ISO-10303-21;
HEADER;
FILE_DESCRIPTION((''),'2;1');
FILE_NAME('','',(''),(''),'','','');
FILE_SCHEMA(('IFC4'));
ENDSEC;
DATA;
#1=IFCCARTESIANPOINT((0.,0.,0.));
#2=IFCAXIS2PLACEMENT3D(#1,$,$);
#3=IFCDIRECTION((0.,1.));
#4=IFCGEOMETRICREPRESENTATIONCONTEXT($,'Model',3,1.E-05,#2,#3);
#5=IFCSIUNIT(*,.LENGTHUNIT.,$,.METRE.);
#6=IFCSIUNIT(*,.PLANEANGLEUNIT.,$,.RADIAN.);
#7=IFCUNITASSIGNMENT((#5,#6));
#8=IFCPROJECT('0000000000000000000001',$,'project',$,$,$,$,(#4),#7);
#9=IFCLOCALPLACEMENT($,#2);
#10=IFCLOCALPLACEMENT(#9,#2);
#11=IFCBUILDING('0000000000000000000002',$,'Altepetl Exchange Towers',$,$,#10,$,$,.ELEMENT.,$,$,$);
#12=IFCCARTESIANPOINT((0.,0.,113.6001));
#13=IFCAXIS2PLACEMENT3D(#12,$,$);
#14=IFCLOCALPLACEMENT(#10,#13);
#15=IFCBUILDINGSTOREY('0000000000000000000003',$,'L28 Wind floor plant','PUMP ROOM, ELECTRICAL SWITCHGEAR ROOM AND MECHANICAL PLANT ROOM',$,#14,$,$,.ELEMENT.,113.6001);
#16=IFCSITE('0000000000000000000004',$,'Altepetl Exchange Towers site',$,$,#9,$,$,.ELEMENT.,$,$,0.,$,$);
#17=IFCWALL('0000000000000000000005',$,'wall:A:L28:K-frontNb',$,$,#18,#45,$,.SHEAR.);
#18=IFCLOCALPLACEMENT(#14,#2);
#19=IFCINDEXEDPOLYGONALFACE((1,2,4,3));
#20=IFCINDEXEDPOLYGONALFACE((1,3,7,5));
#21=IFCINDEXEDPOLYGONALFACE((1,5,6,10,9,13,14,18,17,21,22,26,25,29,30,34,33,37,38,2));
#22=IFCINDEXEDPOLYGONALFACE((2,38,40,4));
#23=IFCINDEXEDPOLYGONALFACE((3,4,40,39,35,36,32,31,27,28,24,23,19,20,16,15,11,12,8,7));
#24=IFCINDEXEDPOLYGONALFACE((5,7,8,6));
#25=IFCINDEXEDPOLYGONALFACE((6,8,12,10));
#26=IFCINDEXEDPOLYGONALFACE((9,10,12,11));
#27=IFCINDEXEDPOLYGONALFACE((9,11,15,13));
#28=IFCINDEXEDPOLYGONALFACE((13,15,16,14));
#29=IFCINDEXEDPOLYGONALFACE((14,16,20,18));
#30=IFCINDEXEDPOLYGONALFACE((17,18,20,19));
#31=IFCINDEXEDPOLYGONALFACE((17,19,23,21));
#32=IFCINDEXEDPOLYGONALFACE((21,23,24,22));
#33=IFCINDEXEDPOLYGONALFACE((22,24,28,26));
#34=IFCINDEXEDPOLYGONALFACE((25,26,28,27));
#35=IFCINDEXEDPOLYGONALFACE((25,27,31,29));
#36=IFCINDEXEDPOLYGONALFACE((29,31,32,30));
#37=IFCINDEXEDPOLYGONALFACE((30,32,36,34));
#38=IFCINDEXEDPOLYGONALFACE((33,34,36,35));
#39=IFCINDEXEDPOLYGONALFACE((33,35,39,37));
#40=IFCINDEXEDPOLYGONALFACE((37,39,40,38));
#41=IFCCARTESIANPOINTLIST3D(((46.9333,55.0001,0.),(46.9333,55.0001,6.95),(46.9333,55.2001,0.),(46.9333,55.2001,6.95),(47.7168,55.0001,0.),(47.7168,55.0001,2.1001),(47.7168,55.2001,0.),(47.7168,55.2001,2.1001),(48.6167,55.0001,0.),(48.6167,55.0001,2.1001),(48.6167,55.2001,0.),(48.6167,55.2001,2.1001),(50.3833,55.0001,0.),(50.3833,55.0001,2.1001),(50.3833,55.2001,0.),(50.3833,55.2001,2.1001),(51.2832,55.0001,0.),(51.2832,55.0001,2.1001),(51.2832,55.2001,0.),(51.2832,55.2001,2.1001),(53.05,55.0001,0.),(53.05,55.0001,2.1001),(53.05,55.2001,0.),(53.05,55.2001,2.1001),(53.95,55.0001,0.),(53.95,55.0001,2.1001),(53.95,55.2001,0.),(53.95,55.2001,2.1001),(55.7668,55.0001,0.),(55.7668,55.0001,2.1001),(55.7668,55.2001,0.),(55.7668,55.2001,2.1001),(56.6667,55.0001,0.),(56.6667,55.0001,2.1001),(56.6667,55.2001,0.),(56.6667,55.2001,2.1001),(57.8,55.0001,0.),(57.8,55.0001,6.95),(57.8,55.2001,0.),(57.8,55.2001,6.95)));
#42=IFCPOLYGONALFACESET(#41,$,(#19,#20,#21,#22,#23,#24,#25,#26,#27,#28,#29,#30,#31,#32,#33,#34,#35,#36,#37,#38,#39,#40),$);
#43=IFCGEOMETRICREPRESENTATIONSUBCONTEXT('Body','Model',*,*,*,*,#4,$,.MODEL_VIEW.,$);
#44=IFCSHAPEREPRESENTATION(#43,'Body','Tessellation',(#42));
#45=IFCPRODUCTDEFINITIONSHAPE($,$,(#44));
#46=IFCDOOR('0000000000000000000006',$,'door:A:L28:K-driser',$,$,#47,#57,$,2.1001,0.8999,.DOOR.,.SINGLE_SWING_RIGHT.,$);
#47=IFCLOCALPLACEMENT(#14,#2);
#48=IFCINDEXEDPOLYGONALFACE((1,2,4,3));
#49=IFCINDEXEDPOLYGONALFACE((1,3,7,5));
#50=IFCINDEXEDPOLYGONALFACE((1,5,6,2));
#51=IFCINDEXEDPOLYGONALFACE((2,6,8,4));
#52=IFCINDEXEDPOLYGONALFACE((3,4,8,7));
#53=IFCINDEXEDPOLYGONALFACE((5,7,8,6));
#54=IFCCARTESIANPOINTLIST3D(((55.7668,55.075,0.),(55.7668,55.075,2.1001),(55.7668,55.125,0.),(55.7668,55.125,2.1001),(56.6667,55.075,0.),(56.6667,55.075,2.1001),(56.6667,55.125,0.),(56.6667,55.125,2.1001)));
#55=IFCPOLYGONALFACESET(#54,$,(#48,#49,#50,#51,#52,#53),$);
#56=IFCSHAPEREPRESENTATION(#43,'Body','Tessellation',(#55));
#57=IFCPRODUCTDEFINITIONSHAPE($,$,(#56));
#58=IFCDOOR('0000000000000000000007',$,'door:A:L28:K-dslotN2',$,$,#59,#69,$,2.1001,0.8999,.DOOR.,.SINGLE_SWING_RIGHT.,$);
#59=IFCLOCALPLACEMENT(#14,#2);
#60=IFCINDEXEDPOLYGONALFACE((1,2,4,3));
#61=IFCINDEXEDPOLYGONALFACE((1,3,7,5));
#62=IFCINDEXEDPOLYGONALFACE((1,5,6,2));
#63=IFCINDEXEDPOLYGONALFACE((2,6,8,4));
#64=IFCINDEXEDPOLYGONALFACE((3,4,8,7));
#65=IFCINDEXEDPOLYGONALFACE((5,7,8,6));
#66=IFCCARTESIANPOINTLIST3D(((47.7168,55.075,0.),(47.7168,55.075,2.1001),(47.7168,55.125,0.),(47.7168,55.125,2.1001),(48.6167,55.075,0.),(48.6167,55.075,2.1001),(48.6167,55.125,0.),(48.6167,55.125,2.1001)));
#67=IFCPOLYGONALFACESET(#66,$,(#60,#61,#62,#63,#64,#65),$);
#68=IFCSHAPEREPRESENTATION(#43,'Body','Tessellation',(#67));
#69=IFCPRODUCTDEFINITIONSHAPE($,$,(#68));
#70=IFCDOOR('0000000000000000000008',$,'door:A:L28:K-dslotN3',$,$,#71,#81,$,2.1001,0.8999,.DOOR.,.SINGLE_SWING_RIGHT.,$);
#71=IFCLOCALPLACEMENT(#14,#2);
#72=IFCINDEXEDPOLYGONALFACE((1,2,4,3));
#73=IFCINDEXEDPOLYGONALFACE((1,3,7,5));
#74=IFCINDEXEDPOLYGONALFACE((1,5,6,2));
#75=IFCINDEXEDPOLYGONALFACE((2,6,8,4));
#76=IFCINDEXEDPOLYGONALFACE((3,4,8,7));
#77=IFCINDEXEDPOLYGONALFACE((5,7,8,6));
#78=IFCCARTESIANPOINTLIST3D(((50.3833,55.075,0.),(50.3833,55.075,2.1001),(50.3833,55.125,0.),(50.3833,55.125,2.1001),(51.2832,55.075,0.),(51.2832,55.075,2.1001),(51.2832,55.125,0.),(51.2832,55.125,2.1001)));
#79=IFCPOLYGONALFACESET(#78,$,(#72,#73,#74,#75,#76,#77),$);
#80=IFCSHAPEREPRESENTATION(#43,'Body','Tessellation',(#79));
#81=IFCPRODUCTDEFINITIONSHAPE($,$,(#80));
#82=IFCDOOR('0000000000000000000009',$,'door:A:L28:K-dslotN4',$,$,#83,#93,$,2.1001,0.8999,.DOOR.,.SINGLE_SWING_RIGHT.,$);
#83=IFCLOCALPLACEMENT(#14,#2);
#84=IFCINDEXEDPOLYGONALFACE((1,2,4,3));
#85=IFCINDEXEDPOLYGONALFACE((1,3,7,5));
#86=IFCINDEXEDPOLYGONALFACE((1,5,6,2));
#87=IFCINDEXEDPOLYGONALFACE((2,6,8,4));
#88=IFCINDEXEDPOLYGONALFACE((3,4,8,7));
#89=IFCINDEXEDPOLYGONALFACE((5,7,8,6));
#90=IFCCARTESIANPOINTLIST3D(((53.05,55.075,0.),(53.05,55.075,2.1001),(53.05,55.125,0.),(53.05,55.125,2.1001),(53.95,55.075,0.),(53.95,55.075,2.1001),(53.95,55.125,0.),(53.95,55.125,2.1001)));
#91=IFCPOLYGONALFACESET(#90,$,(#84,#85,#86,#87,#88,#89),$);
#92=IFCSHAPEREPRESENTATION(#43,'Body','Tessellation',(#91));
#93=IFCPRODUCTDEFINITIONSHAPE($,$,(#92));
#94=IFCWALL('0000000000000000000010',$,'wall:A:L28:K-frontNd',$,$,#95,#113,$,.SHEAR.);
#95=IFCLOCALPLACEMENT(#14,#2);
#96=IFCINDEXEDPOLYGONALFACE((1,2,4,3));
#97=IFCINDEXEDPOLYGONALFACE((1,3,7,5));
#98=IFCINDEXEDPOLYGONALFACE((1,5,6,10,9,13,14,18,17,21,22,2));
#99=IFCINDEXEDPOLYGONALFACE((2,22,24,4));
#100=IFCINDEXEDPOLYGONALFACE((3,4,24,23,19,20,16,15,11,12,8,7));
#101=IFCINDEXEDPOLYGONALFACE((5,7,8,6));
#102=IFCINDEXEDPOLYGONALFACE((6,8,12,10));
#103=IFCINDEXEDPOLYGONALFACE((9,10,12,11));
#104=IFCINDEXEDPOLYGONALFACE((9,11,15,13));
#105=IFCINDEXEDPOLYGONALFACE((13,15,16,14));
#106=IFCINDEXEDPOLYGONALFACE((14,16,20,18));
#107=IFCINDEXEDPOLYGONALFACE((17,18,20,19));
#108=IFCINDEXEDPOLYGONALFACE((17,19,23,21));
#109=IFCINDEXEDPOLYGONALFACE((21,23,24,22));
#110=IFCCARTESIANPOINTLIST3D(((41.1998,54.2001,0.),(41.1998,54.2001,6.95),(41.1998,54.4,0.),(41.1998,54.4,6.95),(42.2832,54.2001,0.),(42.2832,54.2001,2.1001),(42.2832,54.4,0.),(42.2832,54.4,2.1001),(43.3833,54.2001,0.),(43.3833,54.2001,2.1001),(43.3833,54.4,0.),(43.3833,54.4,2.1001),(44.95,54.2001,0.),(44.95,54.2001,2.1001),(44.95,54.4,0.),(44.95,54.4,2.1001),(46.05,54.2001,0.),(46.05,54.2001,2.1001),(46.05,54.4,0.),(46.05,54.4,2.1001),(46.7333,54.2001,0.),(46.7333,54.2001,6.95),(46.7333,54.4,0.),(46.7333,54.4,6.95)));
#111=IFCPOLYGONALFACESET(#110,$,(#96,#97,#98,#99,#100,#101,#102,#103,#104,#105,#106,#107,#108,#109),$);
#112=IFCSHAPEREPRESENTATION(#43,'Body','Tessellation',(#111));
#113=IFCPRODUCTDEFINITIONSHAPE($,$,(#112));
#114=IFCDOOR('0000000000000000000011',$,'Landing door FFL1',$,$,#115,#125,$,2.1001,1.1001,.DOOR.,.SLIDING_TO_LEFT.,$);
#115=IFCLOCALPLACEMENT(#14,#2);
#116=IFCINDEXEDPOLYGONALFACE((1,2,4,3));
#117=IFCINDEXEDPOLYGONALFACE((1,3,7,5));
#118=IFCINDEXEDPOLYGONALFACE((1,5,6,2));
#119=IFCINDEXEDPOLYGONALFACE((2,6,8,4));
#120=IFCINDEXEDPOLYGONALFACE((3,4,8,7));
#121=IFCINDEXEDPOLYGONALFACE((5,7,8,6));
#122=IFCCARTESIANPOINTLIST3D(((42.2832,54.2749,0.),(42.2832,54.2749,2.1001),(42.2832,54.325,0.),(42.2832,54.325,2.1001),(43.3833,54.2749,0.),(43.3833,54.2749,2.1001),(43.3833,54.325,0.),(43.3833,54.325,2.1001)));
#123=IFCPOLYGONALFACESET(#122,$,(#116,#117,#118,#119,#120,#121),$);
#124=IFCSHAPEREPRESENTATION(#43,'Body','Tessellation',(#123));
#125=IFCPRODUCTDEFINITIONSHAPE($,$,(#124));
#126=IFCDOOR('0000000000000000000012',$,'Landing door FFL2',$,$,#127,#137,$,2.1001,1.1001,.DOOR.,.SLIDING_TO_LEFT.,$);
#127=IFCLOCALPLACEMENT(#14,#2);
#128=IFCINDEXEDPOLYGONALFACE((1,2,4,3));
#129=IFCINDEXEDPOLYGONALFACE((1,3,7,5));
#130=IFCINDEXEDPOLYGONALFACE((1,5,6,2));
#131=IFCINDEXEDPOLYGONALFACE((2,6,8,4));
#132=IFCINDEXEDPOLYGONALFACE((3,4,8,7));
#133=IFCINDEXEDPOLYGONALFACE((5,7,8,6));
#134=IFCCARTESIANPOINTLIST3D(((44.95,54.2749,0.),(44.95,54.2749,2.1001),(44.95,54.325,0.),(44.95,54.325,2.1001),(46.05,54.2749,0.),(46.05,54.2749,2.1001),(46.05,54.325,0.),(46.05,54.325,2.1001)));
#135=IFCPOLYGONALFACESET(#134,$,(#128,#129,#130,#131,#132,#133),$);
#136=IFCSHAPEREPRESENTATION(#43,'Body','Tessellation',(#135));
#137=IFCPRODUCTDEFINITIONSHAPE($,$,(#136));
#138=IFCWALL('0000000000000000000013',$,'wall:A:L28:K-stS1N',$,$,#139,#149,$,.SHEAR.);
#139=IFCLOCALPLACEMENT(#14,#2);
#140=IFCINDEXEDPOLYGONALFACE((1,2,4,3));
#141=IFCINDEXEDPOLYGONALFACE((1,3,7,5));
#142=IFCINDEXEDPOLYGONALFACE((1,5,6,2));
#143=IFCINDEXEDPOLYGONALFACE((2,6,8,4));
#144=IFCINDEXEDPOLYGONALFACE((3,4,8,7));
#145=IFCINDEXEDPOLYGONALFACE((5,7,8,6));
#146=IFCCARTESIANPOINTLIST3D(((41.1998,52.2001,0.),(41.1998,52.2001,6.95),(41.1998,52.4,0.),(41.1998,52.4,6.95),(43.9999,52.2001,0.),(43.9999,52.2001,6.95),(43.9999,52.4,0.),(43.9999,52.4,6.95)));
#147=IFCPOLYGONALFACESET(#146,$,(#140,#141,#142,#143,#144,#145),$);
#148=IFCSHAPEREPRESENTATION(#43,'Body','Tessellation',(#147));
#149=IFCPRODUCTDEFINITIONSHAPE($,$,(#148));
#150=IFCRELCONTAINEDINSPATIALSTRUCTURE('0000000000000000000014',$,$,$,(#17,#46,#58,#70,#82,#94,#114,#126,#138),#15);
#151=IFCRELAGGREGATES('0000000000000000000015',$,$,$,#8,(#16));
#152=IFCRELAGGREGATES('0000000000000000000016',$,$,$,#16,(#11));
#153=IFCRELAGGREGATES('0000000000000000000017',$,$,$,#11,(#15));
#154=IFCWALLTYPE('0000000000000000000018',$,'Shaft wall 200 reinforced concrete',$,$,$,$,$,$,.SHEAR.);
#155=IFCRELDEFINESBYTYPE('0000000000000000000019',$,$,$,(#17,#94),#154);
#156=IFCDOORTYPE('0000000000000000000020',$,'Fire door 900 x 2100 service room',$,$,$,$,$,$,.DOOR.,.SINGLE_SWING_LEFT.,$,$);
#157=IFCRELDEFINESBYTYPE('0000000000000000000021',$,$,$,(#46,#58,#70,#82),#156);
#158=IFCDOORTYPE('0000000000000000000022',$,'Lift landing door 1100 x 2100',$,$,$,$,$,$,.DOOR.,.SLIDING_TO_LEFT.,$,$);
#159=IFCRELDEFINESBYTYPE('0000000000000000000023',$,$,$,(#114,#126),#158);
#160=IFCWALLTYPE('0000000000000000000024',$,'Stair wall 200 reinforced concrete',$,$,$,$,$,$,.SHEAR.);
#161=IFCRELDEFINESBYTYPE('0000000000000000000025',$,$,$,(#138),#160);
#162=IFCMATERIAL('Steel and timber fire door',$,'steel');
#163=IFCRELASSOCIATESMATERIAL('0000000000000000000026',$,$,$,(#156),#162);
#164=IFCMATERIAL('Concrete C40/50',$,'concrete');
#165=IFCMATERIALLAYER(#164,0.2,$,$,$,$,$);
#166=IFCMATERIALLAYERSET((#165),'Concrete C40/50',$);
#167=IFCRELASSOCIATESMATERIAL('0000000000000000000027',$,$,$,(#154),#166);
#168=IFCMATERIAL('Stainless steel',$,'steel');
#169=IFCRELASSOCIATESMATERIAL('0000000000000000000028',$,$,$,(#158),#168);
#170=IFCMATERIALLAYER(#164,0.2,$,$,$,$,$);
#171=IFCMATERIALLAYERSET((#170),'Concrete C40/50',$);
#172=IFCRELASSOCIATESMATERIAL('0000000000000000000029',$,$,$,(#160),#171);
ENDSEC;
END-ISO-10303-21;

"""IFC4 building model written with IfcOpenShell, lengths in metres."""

from ifc_helpers import new_model, si_unit, direction, frame, frame_2d, origin, place, context, subcontext, project, spatial, rectangle, extrude, material, layer, layer_set, type_object, element, fill, save


model = new_model("IFC4")

# Units and contexts
model_context = context("Model", 3, precision=1e-05, world=origin(), true_north=direction((0.0, 1.0)))
body_context = subcontext(model_context, "Body", "Model", "MODEL_VIEW")
ifc_project = project(units=[si_unit("LENGTHUNIT", "METRE"), si_unit("PLANEANGLEUNIT", "RADIAN")], contexts=[model_context])

# Site, building, storey
site_placement = place(None, origin())
site = spatial("IfcSite", under=ifc_project, at=site_placement, Name="Altepetl Exchange Towers site", CompositionType="ELEMENT", RefElevation=0.0)
building_placement = place(site_placement, origin())
building = spatial("IfcBuilding", under=site, at=building_placement, Name="Altepetl Exchange Towers", CompositionType="ELEMENT")
storey_placement = place(building_placement, frame((0.0, 0.0, 113.6001)))
storey = spatial("IfcBuildingStorey", under=building, at=storey_placement, Name="L28 Wind floor plant", Description="PUMP ROOM, ELECTRICAL SWITCHGEAR ROOM AND MECHANICAL PLANT ROOM", CompositionType="ELEMENT", Elevation=113.6001)

# Shared definitions
ifc_material_1 = material(Name="Steel and timber fire door", Category="steel")

# Shared definitions
door_type_1 = type_object("IfcDoorType", Name="Fire door 900 x 2100 service room", OperationType="SINGLE_SWING_LEFT", PredefinedType="DOOR", material=ifc_material_1)

# Walls, openings, doors
ifc_material_2 = material(Name="Concrete C40/50", Category="concrete")
ifc_layer_1 = layer(ifc_material_2, 0.2)
ifc_layer_set_1 = layer_set([ifc_layer_1], Name="Concrete C40/50")
wall_type_1 = type_object("IfcWallType", Name="Shaft wall 200 reinforced concrete", PredefinedType="SHEAR", material=ifc_layer_set_1)
wall_1_placement = place(storey_placement, frame((46.9333, 55.1001, 0.0)))
wall_1 = element("IfcWall", 1, at=wall_1_placement, inside=storey, type_object=wall_type_1, Name="wall:A:L28:K-frontNb", PredefinedType="SHEAR", context=body_context, shape_type="SweptSolid", body=[
    extrude(rectangle(XDim=10.8667, YDim=0.2, at=frame_2d((5.4333, 0.0))), origin(), (0.0, 0.0, 1.0), 6.95),
])
opening_1_placement = place(wall_1_placement, frame((8.8335, 0.0, 0.0)))
opening_1 = element("IfcOpeningElement", 2, at=opening_1_placement, cuts=wall_1, PredefinedType="OPENING", context=body_context, shape_type="SweptSolid", body=[
    extrude(rectangle(XDim=0.8999, YDim=2.1001, at=frame_2d((0.45, 1.05))), frame((0.0, 0.1099, 0.0), z_axis=(0.0, -1.0, 0.0), x_axis=(1.0, 0.0, 0.0)), (0.0, 0.0, 1.0), 0.22),
])
opening_2_placement = place(wall_1_placement, frame((0.7834, 0.0, 0.0)))
opening_2 = element("IfcOpeningElement", 3, at=opening_2_placement, cuts=wall_1, PredefinedType="OPENING", context=body_context, shape_type="SweptSolid", body=[
    extrude(rectangle(XDim=0.8999, YDim=2.1001, at=frame_2d((0.45, 1.05))), frame((0.0, 0.1099, 0.0), z_axis=(0.0, -1.0, 0.0), x_axis=(1.0, 0.0, 0.0)), (0.0, 0.0, 1.0), 0.22),
])
opening_3_placement = place(wall_1_placement, frame((3.45, 0.0, 0.0)))
opening_3 = element("IfcOpeningElement", 4, at=opening_3_placement, cuts=wall_1, PredefinedType="OPENING", context=body_context, shape_type="SweptSolid", body=[
    extrude(rectangle(XDim=0.8999, YDim=2.1001, at=frame_2d((0.45, 1.05))), frame((0.0, 0.1099, 0.0), z_axis=(0.0, -1.0, 0.0), x_axis=(1.0, 0.0, 0.0)), (0.0, 0.0, 1.0), 0.22),
])
opening_4_placement = place(wall_1_placement, frame((6.1167, 0.0, 0.0)))
opening_4 = element("IfcOpeningElement", 5, at=opening_4_placement, cuts=wall_1, PredefinedType="OPENING", context=body_context, shape_type="SweptSolid", body=[
    extrude(rectangle(XDim=0.8999, YDim=2.1001, at=frame_2d((0.45, 1.05))), frame((0.0, 0.1099, 0.0), z_axis=(0.0, -1.0, 0.0), x_axis=(1.0, 0.0, 0.0)), (0.0, 0.0, 1.0), 0.22),
])
door_1_placement = place(opening_1_placement, origin())
door_1 = element("IfcDoor", 6, at=door_1_placement, inside=storey, type_object=door_type_1, Name="door:A:L28:K-driser", OperationType="SINGLE_SWING_RIGHT", OverallHeight=2.1001, OverallWidth=0.8999, PredefinedType="DOOR", context=body_context, shape_type="SweptSolid", body=[
    extrude(rectangle(XDim=0.8999, YDim=2.1001, at=frame_2d((0.45, 1.05))), frame((0.0, 0.0249, 0.0), z_axis=(0.0, -1.0, 0.0), x_axis=(1.0, 0.0, 0.0)), (0.0, 0.0, 1.0), 0.05),
])
fill(opening_1, door_1)
door_2_placement = place(opening_2_placement, origin())
door_2 = element("IfcDoor", 7, at=door_2_placement, inside=storey, type_object=door_type_1, Name="door:A:L28:K-dslotN2", OperationType="SINGLE_SWING_RIGHT", OverallHeight=2.1001, OverallWidth=0.8999, PredefinedType="DOOR", context=body_context, shape_type="SweptSolid", body=[
    extrude(rectangle(XDim=0.8999, YDim=2.1001, at=frame_2d((0.45, 1.05))), frame((0.0, 0.0249, 0.0), z_axis=(0.0, -1.0, 0.0), x_axis=(1.0, 0.0, 0.0)), (0.0, 0.0, 1.0), 0.05),
])
fill(opening_2, door_2)
door_3_placement = place(opening_3_placement, origin())
door_3 = element("IfcDoor", 8, at=door_3_placement, inside=storey, type_object=door_type_1, Name="door:A:L28:K-dslotN3", OperationType="SINGLE_SWING_RIGHT", OverallHeight=2.1001, OverallWidth=0.8999, PredefinedType="DOOR", context=body_context, shape_type="SweptSolid", body=[
    extrude(rectangle(XDim=0.8999, YDim=2.1001, at=frame_2d((0.45, 1.05))), frame((0.0, 0.0249, 0.0), z_axis=(0.0, -1.0, 0.0), x_axis=(1.0, 0.0, 0.0)), (0.0, 0.0, 1.0), 0.05),
])
fill(opening_3, door_3)
door_4_placement = place(opening_4_placement, origin())
door_4 = element("IfcDoor", 9, at=door_4_placement, inside=storey, type_object=door_type_1, Name="door:A:L28:K-dslotN4", OperationType="SINGLE_SWING_RIGHT", OverallHeight=2.1001, OverallWidth=0.8999, PredefinedType="DOOR", context=body_context, shape_type="SweptSolid", body=[
    extrude(rectangle(XDim=0.8999, YDim=2.1001, at=frame_2d((0.45, 1.05))), frame((0.0, 0.0249, 0.0), z_axis=(0.0, -1.0, 0.0), x_axis=(1.0, 0.0, 0.0)), (0.0, 0.0, 1.0), 0.05),
])
fill(opening_4, door_4)
wall_2_placement = place(storey_placement, frame((41.2, 54.3, 0.0)))
wall_2 = element("IfcWall", 10, at=wall_2_placement, inside=storey, type_object=wall_type_1, Name="wall:A:L28:K-frontNd", PredefinedType="SHEAR", context=body_context, shape_type="SweptSolid", body=[
    extrude(rectangle(XDim=5.5334, YDim=0.2, at=frame_2d((2.7666, 0.0))), origin(), (0.0, 0.0, 1.0), 6.95),
])
opening_5_placement = place(wall_2_placement, frame((1.0833, 0.0, 0.0)))
opening_5 = element("IfcOpeningElement", 11, at=opening_5_placement, cuts=wall_2, PredefinedType="OPENING", context=body_context, shape_type="SweptSolid", body=[
    extrude(rectangle(XDim=1.1001, YDim=2.1001, at=frame_2d((0.55, 1.05))), frame((0.0, 0.1099, 0.0), z_axis=(0.0, -1.0, 0.0), x_axis=(1.0, 0.0, 0.0)), (0.0, 0.0, 1.0), 0.22),
])
opening_6_placement = place(wall_2_placement, frame((3.75, 0.0, 0.0)))
opening_6 = element("IfcOpeningElement", 12, at=opening_6_placement, cuts=wall_2, PredefinedType="OPENING", context=body_context, shape_type="SweptSolid", body=[
    extrude(rectangle(XDim=1.1001, YDim=2.1001, at=frame_2d((0.55, 1.05))), frame((0.0, 0.1099, 0.0), z_axis=(0.0, -1.0, 0.0), x_axis=(1.0, 0.0, 0.0)), (0.0, 0.0, 1.0), 0.22),
])
ifc_material_3 = material(Name="Stainless steel", Category="steel")
door_type_2 = type_object("IfcDoorType", Name="Lift landing door 1100 x 2100", OperationType="SLIDING_TO_LEFT", PredefinedType="DOOR", material=ifc_material_3)
door_5_placement = place(opening_5_placement, origin())
door_5 = element("IfcDoor", 13, at=door_5_placement, inside=storey, type_object=door_type_2, Name="Landing door FFL1", OperationType="SLIDING_TO_LEFT", OverallHeight=2.1001, OverallWidth=1.1001, PredefinedType="DOOR", context=body_context, shape_type="SweptSolid", body=[
    extrude(rectangle(XDim=1.1001, YDim=2.1001, at=frame_2d((0.55, 1.05))), frame((0.0, 0.0249, 0.0), z_axis=(0.0, -1.0, 0.0), x_axis=(1.0, 0.0, 0.0)), (0.0, 0.0, 1.0), 0.05),
])
fill(opening_5, door_5)
door_6_placement = place(opening_6_placement, origin())
door_6 = element("IfcDoor", 14, at=door_6_placement, inside=storey, type_object=door_type_2, Name="Landing door FFL2", OperationType="SLIDING_TO_LEFT", OverallHeight=2.1001, OverallWidth=1.1001, PredefinedType="DOOR", context=body_context, shape_type="SweptSolid", body=[
    extrude(rectangle(XDim=1.1001, YDim=2.1001, at=frame_2d((0.55, 1.05))), frame((0.0, 0.0249, 0.0), z_axis=(0.0, -1.0, 0.0), x_axis=(1.0, 0.0, 0.0)), (0.0, 0.0, 1.0), 0.05),
])
fill(opening_6, door_6)

# Wall
ifc_layer_2 = layer(ifc_material_2, 0.2)
ifc_layer_set_2 = layer_set([ifc_layer_2], Name="Concrete C40/50")
wall_type_2 = type_object("IfcWallType", Name="Stair wall 200 reinforced concrete", PredefinedType="SHEAR", material=ifc_layer_set_2)
wall_3_placement = place(storey_placement, frame((41.2, 52.3, 0.0)))
element("IfcWall", 15, at=wall_3_placement, inside=storey, type_object=wall_type_2, Name="wall:A:L28:K-stS1N", PredefinedType="SHEAR", context=body_context, shape_type="SweptSolid", body=[
    extrude(rectangle(XDim=2.8, YDim=0.2, at=frame_2d((1.3999, 0.0))), origin(), (0.0, 0.0, 1.0), 6.95),
])

save(model, "model.ifc")
